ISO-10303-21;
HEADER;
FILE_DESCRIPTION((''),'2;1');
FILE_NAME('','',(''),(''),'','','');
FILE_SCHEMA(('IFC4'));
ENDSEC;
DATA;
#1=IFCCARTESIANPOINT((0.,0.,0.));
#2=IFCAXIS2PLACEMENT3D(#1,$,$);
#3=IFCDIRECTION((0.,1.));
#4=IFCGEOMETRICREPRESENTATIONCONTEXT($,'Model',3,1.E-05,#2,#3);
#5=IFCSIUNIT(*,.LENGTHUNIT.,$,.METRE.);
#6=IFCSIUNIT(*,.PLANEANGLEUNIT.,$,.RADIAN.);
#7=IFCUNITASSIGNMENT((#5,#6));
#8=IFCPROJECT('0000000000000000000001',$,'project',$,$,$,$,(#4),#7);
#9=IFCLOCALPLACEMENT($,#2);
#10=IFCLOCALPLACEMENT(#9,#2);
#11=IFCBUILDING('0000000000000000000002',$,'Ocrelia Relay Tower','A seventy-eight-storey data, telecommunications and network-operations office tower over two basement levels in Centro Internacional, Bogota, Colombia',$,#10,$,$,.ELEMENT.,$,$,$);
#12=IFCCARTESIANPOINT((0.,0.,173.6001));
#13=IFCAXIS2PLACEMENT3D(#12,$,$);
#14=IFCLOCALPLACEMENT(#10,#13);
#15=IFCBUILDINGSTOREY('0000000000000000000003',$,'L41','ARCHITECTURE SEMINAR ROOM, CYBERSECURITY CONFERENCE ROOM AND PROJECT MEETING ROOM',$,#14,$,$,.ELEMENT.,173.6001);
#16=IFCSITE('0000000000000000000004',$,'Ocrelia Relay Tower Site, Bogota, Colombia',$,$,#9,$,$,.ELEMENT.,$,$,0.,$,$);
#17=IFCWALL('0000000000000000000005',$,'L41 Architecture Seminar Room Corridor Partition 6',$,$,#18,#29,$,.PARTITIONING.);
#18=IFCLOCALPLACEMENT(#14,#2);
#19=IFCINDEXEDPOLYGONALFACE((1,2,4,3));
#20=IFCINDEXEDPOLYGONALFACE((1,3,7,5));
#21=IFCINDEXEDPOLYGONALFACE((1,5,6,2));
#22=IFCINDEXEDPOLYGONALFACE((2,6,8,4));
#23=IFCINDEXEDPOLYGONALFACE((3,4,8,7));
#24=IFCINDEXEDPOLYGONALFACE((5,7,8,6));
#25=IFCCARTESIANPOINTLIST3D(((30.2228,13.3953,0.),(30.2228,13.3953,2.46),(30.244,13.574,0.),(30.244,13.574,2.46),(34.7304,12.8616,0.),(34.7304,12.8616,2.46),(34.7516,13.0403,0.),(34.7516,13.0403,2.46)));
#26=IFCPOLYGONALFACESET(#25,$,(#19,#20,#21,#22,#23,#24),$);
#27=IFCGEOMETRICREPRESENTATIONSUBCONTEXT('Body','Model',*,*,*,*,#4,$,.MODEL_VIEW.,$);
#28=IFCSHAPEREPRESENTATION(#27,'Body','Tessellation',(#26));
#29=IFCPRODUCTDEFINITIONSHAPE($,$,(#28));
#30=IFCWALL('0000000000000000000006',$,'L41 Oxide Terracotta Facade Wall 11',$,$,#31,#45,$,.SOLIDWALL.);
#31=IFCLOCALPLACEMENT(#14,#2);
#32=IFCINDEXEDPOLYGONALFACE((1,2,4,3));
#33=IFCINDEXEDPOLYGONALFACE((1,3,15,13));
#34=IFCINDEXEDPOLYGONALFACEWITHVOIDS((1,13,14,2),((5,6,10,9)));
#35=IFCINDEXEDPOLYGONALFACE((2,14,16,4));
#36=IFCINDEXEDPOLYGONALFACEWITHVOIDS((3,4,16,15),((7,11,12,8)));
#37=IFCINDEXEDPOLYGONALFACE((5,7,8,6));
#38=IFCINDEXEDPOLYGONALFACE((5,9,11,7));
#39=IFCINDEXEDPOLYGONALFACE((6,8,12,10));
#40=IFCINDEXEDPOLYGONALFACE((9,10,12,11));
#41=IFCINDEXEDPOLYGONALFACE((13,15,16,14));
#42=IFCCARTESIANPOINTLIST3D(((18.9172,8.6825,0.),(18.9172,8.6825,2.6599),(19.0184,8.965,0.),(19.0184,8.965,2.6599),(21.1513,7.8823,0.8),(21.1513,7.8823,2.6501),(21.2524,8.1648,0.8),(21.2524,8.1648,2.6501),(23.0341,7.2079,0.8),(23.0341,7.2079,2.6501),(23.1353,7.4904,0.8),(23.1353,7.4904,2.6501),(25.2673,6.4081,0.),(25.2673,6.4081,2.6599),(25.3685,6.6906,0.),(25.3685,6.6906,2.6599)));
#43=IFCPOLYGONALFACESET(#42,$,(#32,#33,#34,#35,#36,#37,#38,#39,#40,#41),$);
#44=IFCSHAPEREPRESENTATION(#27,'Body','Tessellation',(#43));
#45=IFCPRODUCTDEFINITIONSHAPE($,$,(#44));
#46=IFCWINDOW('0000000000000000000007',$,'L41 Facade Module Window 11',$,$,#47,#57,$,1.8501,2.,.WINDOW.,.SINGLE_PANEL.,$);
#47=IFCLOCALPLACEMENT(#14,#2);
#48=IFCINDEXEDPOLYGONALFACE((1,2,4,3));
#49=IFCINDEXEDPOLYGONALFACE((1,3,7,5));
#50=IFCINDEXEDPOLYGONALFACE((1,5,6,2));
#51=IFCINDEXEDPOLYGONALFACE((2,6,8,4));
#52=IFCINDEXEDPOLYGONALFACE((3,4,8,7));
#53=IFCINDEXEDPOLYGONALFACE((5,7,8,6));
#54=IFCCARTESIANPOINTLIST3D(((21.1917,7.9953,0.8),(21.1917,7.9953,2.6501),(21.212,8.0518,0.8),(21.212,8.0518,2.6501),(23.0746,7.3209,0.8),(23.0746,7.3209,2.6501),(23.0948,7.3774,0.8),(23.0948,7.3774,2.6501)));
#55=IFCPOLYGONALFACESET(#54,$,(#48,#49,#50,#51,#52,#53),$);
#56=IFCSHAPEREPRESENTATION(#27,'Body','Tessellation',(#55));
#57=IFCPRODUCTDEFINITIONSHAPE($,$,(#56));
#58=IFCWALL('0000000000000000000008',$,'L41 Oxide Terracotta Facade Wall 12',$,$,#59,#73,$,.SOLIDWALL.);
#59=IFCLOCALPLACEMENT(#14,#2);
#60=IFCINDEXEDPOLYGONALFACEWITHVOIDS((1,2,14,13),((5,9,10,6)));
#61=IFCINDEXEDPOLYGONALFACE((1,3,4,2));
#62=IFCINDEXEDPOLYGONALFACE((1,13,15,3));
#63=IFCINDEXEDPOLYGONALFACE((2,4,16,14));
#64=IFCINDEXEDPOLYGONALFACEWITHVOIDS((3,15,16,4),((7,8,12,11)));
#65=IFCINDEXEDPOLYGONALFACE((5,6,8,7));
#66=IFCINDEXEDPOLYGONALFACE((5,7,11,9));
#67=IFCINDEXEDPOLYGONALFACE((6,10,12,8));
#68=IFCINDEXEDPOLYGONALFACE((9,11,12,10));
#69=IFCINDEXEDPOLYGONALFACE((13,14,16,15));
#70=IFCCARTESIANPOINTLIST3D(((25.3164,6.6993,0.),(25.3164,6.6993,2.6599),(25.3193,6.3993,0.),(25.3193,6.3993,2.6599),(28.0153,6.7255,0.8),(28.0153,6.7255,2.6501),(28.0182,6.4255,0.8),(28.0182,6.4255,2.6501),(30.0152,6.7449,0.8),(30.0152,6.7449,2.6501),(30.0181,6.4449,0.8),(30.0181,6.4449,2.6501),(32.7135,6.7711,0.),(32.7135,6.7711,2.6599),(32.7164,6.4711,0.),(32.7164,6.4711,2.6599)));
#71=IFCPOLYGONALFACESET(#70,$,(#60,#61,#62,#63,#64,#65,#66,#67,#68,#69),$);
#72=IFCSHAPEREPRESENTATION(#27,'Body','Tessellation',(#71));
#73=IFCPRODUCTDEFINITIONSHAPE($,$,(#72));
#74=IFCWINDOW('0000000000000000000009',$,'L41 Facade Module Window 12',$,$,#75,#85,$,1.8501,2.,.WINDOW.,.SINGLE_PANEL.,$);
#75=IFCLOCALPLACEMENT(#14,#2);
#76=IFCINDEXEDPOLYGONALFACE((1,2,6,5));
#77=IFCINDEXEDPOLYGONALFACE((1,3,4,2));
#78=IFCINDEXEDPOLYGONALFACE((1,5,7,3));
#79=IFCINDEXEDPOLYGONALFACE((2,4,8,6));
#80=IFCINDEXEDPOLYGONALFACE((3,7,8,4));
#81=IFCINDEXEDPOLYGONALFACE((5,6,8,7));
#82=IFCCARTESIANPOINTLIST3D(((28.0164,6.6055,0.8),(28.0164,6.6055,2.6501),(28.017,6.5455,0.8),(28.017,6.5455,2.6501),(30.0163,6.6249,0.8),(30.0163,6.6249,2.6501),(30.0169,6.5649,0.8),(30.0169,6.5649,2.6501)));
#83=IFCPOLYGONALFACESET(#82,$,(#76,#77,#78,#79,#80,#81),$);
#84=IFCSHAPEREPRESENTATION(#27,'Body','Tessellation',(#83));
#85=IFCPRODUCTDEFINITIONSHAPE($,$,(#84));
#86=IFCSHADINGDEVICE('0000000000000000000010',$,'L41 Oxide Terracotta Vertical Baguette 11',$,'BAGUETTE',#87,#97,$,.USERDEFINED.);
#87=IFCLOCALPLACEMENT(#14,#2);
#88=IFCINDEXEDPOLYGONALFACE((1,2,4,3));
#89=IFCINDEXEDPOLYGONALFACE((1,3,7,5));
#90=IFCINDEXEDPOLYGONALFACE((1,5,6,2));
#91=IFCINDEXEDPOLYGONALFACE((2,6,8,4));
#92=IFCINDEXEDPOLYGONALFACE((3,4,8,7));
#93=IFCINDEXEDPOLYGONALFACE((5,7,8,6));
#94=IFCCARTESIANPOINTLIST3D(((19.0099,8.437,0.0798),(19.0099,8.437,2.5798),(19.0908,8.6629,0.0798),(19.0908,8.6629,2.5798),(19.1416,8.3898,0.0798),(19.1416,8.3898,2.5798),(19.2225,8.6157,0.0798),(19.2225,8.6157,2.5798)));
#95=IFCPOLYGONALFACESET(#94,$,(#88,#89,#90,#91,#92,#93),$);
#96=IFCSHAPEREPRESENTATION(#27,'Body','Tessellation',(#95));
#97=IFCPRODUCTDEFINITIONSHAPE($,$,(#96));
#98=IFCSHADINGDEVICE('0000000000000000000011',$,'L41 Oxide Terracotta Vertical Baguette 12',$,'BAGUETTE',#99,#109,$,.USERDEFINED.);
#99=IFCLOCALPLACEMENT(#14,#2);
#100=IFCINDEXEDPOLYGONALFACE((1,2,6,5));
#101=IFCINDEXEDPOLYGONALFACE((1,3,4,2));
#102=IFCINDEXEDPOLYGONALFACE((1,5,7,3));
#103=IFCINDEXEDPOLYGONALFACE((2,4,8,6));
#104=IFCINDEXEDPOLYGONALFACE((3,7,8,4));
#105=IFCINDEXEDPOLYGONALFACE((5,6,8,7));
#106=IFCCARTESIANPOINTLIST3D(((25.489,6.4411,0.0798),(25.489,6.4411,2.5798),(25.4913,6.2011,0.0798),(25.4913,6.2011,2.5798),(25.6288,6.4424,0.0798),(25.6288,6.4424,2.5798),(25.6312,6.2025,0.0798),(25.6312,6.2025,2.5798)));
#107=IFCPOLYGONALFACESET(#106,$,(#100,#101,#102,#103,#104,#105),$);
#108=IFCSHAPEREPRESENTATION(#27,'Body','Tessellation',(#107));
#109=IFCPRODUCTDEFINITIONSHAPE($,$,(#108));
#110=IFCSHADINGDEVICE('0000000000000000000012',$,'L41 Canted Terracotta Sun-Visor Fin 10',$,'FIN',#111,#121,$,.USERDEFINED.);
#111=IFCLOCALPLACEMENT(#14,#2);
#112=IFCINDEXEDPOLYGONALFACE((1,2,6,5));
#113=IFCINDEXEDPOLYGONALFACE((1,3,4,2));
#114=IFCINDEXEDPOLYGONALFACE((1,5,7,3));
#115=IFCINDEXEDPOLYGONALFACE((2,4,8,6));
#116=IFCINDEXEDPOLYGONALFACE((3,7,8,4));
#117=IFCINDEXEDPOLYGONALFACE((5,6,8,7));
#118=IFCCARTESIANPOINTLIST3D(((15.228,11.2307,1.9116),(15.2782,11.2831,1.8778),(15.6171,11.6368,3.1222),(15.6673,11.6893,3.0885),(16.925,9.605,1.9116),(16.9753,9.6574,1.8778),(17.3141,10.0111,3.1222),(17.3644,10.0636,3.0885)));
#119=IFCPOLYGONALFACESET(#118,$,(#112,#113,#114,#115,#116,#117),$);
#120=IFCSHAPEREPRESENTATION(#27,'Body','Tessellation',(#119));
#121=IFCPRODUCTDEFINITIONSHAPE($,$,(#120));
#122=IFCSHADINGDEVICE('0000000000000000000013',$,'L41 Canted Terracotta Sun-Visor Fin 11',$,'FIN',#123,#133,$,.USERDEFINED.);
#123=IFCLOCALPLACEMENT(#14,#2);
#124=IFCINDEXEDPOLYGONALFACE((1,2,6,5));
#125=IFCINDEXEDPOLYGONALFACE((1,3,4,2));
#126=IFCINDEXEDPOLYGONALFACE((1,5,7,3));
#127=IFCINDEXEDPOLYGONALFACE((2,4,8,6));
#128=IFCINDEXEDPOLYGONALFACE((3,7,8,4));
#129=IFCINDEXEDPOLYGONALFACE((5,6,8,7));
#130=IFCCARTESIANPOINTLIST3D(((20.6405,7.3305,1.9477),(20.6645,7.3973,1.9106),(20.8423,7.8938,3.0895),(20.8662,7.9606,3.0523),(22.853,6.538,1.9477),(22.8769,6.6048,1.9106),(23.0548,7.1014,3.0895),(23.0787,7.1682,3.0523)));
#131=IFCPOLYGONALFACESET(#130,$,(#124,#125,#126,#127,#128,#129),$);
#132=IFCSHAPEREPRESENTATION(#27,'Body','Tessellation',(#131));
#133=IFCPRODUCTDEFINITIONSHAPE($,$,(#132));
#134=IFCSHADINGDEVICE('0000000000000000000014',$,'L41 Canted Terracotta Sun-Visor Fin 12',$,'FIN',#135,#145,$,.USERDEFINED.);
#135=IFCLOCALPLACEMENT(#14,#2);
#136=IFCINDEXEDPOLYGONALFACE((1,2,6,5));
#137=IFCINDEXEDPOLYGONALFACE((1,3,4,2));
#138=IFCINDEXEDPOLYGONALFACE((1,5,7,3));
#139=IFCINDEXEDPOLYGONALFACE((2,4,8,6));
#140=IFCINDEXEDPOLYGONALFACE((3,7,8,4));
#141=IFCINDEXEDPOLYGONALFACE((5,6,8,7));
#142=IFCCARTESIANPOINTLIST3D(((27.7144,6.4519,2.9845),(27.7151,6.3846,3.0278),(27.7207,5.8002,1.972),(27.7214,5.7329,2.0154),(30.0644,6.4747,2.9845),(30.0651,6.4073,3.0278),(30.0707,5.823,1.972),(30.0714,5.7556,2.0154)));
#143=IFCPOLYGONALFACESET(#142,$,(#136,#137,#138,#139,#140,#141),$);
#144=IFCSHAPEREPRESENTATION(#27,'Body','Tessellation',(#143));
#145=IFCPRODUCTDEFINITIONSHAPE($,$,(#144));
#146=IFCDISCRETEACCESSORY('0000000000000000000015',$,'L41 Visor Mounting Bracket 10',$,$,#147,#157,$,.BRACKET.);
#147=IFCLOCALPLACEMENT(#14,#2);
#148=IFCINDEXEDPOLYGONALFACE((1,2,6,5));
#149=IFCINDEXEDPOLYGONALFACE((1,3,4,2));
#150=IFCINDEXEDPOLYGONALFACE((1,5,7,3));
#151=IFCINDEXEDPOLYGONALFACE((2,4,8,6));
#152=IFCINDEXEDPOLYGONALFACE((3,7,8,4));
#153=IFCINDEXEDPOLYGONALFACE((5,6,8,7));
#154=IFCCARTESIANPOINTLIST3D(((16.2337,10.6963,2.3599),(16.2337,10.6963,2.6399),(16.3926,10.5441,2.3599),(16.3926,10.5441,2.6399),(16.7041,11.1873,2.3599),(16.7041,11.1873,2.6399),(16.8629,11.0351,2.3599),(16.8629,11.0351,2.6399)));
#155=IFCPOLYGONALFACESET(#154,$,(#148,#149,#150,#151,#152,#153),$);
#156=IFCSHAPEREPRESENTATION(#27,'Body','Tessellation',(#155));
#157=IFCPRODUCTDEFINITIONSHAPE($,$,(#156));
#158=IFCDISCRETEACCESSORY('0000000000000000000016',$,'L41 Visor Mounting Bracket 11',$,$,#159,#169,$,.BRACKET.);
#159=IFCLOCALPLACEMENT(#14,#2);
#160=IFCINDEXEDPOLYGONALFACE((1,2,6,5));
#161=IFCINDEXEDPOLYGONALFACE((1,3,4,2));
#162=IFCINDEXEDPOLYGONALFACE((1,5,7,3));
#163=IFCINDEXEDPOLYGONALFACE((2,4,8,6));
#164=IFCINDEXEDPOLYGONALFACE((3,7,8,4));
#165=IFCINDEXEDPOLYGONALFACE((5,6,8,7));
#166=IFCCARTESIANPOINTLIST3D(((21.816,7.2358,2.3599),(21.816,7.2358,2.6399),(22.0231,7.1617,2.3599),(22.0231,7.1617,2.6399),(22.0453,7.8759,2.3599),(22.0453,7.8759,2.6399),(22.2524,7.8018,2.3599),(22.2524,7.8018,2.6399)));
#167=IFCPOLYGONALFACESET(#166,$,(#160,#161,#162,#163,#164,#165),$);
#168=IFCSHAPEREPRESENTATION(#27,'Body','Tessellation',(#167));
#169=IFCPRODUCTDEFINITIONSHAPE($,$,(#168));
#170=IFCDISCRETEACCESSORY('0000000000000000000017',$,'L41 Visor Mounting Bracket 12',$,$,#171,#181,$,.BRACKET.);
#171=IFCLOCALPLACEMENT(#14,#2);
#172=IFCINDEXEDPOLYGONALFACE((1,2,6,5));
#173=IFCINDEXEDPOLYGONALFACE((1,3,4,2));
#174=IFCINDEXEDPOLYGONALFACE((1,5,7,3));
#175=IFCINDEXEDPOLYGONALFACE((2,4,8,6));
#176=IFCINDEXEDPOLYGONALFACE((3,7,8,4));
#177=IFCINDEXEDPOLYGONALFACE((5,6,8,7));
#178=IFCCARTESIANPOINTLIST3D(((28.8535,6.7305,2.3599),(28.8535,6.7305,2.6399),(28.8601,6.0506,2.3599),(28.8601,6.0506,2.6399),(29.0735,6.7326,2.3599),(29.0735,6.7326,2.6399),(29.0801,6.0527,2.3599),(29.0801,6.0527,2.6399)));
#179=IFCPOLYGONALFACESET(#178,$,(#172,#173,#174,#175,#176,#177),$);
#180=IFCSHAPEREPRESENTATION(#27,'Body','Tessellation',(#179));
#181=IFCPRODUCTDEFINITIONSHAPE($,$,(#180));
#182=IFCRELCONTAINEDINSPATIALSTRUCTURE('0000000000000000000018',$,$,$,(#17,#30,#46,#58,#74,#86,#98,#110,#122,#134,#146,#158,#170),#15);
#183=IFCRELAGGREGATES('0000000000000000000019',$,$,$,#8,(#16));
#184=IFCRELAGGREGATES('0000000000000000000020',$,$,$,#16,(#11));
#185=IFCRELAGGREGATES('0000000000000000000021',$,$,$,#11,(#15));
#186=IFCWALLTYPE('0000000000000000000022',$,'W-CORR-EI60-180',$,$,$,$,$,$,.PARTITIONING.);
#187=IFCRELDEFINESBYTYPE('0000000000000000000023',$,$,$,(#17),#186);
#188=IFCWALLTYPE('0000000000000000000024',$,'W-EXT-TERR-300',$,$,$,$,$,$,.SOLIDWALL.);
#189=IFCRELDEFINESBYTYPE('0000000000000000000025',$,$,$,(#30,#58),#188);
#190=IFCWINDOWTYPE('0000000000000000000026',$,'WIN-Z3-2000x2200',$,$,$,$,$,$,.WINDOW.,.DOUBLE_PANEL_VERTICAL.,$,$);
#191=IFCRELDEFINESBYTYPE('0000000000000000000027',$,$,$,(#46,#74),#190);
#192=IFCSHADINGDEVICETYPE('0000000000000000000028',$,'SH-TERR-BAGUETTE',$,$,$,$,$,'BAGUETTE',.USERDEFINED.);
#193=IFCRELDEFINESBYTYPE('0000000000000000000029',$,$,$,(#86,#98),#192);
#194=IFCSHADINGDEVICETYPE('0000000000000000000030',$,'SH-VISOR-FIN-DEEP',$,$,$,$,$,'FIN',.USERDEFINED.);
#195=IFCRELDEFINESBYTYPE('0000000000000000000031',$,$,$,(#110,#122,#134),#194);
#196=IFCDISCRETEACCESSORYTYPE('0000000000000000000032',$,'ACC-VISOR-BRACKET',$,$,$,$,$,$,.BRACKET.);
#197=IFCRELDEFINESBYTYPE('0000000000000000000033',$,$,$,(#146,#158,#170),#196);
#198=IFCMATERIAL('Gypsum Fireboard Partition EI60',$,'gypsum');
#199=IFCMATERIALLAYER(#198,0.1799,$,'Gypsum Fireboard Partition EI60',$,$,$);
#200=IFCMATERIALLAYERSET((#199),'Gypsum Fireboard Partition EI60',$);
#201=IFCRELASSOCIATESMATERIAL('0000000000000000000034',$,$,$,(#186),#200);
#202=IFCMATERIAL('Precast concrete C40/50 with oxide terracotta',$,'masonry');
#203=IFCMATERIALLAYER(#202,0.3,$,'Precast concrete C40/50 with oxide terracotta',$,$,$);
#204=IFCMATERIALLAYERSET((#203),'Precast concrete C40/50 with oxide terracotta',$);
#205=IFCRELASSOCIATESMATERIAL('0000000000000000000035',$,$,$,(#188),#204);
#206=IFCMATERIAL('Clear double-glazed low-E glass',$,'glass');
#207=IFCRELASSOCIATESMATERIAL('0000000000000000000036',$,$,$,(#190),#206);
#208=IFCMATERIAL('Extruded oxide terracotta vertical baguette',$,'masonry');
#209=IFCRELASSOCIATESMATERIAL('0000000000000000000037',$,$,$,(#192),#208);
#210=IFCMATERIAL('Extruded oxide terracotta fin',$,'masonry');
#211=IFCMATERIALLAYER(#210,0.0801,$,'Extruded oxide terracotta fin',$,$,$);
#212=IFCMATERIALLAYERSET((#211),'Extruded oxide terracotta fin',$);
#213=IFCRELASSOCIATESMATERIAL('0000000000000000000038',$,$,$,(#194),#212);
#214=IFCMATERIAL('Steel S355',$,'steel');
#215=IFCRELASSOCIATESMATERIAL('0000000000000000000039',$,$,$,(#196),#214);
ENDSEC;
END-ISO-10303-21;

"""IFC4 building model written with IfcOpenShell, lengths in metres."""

from ifc_helpers import new_model, si_unit, direction, frame, frame_2d, origin, origin_2d, place, context, subcontext, project, spatial, rectangle, extrude, material, layer, layer_set, type_object, element, fill, save


model = new_model("IFC4")

# Units and contexts
model_context = context("Model", 3, precision=1e-05, world=origin(), true_north=direction((0.0, 1.0)))
body_context = subcontext(model_context, "Body", "Model", "MODEL_VIEW")
ifc_project = project(units=[si_unit("LENGTHUNIT", "METRE"), si_unit("PLANEANGLEUNIT", "RADIAN")], contexts=[model_context])

# Site, building, storey
site_placement = place(None, origin())
site = spatial("IfcSite", under=ifc_project, at=site_placement, Name="Ocrelia Relay Tower Site, Bogota, Colombia", CompositionType="ELEMENT", RefElevation=0.0)
building_placement = place(site_placement, origin())
building = spatial("IfcBuilding", under=site, at=building_placement, Name="Ocrelia Relay Tower", Description="A seventy-eight-storey data, telecommunications and network-operations office tower over two basement levels in Centro Internacional, Bogota, Colombia", CompositionType="ELEMENT")
storey_placement = place(building_placement, frame((0.0, 0.0, 173.6001)))
storey = spatial("IfcBuildingStorey", under=building, at=storey_placement, Name="L41", Description="ARCHITECTURE SEMINAR ROOM, CYBERSECURITY CONFERENCE ROOM AND PROJECT MEETING ROOM", CompositionType="ELEMENT", Elevation=173.6001)

# Shared definitions
ifc_material_1 = material(Name="Steel S355", Category="steel")

# Shared definitions
ifc_material_2 = material(Name="Clear double-glazed low-E glass", Category="glass")

# Wall
ifc_material_3 = material(Name="Gypsum Fireboard Partition EI60", Category="gypsum")
ifc_layer_1 = layer(ifc_material_3, 0.1799, Name="Gypsum Fireboard Partition EI60")
ifc_layer_set_1 = layer_set([ifc_layer_1], Name="Gypsum Fireboard Partition EI60")
wall_type_1 = type_object("IfcWallType", Name="W-CORR-EI60-180", PredefinedType="PARTITIONING", material=ifc_layer_set_1)
wall_1_placement = place(storey_placement, frame((30.2334, 13.4846, 0.0), z_axis=(0.0, 0.0, 1.0), x_axis=(0.993064, -0.117578, 0.0)))
element("IfcWall", 1, at=wall_1_placement, inside=storey, type_object=wall_type_1, Name="L41 Architecture Seminar Room Corridor Partition 6", PredefinedType="PARTITIONING", context=body_context, shape_type="SweptSolid", body=[
    extrude(rectangle(XDim=4.5391, YDim=0.1799, at=frame_2d((2.2695, 0.0))), origin(), (0.0, 0.0, 1.0), 2.46),
])

# Walls, openings, windows
ifc_material_4 = material(Name="Precast concrete C40/50 with oxide terracotta", Category="masonry")
ifc_layer_2 = layer(ifc_material_4, 0.3, Name="Precast concrete C40/50 with oxide terracotta")
ifc_layer_set_2 = layer_set([ifc_layer_2], Name="Precast concrete C40/50 with oxide terracotta")
wall_type_2 = type_object("IfcWallType", Name="W-EXT-TERR-300", PredefinedType="SOLIDWALL", material=ifc_layer_set_2)
wall_2_placement = place(storey_placement, frame((18.9678, 8.8237, 0.0), z_axis=(0.0, 0.0, 1.0), x_axis=(0.941435, -0.337194, 0.0)))
wall_2 = element("IfcWall", 2, at=wall_2_placement, inside=storey, type_object=wall_type_2, Name="L41 Oxide Terracotta Facade Wall 11", PredefinedType="SOLIDWALL", context=body_context, shape_type="SweptSolid", body=[
    extrude(rectangle(XDim=6.7451, YDim=0.3, at=frame_2d((3.3726, 0.0))), origin(), (0.0, 0.0, 1.0), 2.6599),
])
opening_1_placement = place(wall_2_placement, frame((2.373, 0.0, 0.8)))
opening_1 = element("IfcOpeningElement", 3, at=opening_1_placement, cuts=wall_2, PredefinedType="OPENING", context=body_context, shape_type="SweptSolid", body=[
    extrude(rectangle(XDim=2.0, YDim=1.8501, at=frame_2d((1.0, 0.925))), frame((0.0, 0.1602, 0.0), z_axis=(0.0, -1.0, 0.0), x_axis=(1.0, 0.0, 0.0)), (0.0, 0.0, 1.0), 0.3201),
])
window_type = type_object("IfcWindowType", Name="WIN-Z3-2000x2200", PartitioningType="DOUBLE_PANEL_VERTICAL", PredefinedType="WINDOW", material=ifc_material_2)
window_1_placement = place(opening_1_placement, origin())
window_1 = element("IfcWindow", 4, at=window_1_placement, inside=storey, type_object=window_type, Name="L41 Facade Module Window 11", OverallHeight=1.8501, OverallWidth=2.0, PartitioningType="SINGLE_PANEL", PredefinedType="WINDOW", context=body_context, shape_type="SweptSolid", body=[
    extrude(rectangle(XDim=2.0, YDim=1.8501, at=frame_2d((1.0, 0.925))), frame((0.0, 0.03, 0.0), z_axis=(0.0, -1.0, 0.0), x_axis=(1.0, 0.0, 0.0)), (0.0, 0.0, 1.0), 0.0601),
])
fill(opening_1, window_1)
wall_3_placement = place(storey_placement, frame((25.3179, 6.5493, 0.0), z_axis=(0.0, 0.0, 1.0), x_axis=(0.999953, 0.009703, 0.0)))
wall_3 = element("IfcWall", 5, at=wall_3_placement, inside=storey, type_object=wall_type_2, Name="L41 Oxide Terracotta Facade Wall 12", PredefinedType="SOLIDWALL", context=body_context, shape_type="SweptSolid", body=[
    extrude(rectangle(XDim=7.3975, YDim=0.3, at=frame_2d((3.6987, 0.0))), origin(), (0.0, 0.0, 1.0), 2.6599),
])
opening_2_placement = place(wall_3_placement, frame((2.699, 0.0, 0.8)))
opening_2 = element("IfcOpeningElement", 6, at=opening_2_placement, cuts=wall_3, PredefinedType="OPENING", context=body_context, shape_type="SweptSolid", body=[
    extrude(rectangle(XDim=2.0, YDim=1.8501, at=frame_2d((1.0, 0.925))), frame((0.0, 0.1602, 0.0), z_axis=(0.0, -1.0, 0.0), x_axis=(1.0, 0.0, 0.0)), (0.0, 0.0, 1.0), 0.3201),
])
window_2_placement = place(opening_2_placement, origin())
window_2 = element("IfcWindow", 7, at=window_2_placement, inside=storey, type_object=window_type, Name="L41 Facade Module Window 12", OverallHeight=1.8501, OverallWidth=2.0, PartitioningType="SINGLE_PANEL", PredefinedType="WINDOW", context=body_context, shape_type="SweptSolid", body=[
    extrude(rectangle(XDim=2.0, YDim=1.8501, at=frame_2d((1.0, 0.925))), frame((0.0, 0.03, 0.0), z_axis=(0.0, -1.0, 0.0), x_axis=(1.0, 0.0, 0.0)), (0.0, 0.0, 1.0), 0.0601),
])
fill(opening_2, window_2)

# Shading devices
ifc_material_5 = material(Name="Extruded oxide terracotta vertical baguette", Category="masonry")
shading_device_type_1 = type_object("IfcShadingDeviceType", Name="SH-TERR-BAGUETTE", ElementType="BAGUETTE", PredefinedType="USERDEFINED", material=ifc_material_5)
for number, where, z_axis, x_axis, name in (
    (8, (19.1162, 8.5264, 0.0798), (0.0, 0.0, 1.0), (0.941434, -0.337197, 0.0), "L41 Oxide Terracotta Vertical Baguette 11"),
    (9, (25.5601, 6.3218, 0.0798), (0.0, 0.0, 1.0), (0.999953, 0.009679, 0.0), "L41 Oxide Terracotta Vertical Baguette 12"),
):
    element("IfcShadingDevice", number, at=place(storey_placement, frame(where, z_axis=z_axis, x_axis=x_axis)), inside=storey, type_object=shading_device_type_1, Name=name, ObjectType="BAGUETTE", PredefinedType="USERDEFINED", context=body_context, shape_type="SweptSolid", body=[
        extrude(rectangle(XDim=0.1399, YDim=0.24, at=origin_2d()), origin(), (0.0, 0.0, 1.0), 2.5),
    ])
ifc_material_6 = material(Name="Extruded oxide terracotta fin", Category="masonry")
ifc_layer_3 = layer(ifc_material_6, 0.0801, Name="Extruded oxide terracotta fin")
ifc_layer_set_3 = layer_set([ifc_layer_3], Name="Extruded oxide terracotta fin")
shading_device_type_2 = type_object("IfcShadingDeviceType", Name="SH-VISOR-FIN-DEEP", ElementType="FIN", PredefinedType="USERDEFINED", material=ifc_layer_set_3)
shading_device_1_placement = place(storey_placement, frame((16.3213, 10.6733, 2.4832), z_axis=(-0.627354, -0.654896, 0.421352), x_axis=(0.722128, -0.691759, 0.0)))
element("IfcShadingDevice", 10, at=shading_device_1_placement, inside=storey, type_object=shading_device_type_2, Name="L41 Canted Terracotta Sun-Visor Fin 10", ObjectType="FIN", PredefinedType="USERDEFINED", context=body_context, shape_type="SweptSolid", body=[
    extrude(rectangle(XDim=2.3501, YDim=1.335, at=origin_2d()), origin(), (0.0, 0.0, 1.0), 0.0801),
])
shading_device_2_placement = place(storey_placement, frame((21.8716, 7.2827, 2.4814), z_axis=(-0.298661, -0.833845, 0.464224), x_axis=(0.941434, -0.337197, 0.0)))
element("IfcShadingDevice", 11, at=shading_device_2_placement, inside=storey, type_object=shading_device_type_2, Name="L41 Canted Terracotta Sun-Visor Fin 11", ObjectType="FIN", PredefinedType="USERDEFINED", context=body_context, shape_type="SweptSolid", body=[
    extrude(rectangle(XDim=2.3501, YDim=1.2891, at=origin_2d()), origin(), (0.0, 0.0, 1.0), 0.0801),
])
shading_device_3_placement = place(storey_placement, frame((28.8926, 6.1375, 2.4783), z_axis=(0.008138, -0.840811, 0.541268), x_axis=(0.999953, 0.009679, 0.0)))
element("IfcShadingDevice", 12, at=shading_device_3_placement, inside=storey, type_object=shading_device_type_2, Name="L41 Canted Terracotta Sun-Visor Fin 12", ObjectType="FIN", PredefinedType="USERDEFINED", context=body_context, shape_type="SweptSolid", body=[
    extrude(rectangle(XDim=2.3501, YDim=1.2041, at=origin_2d()), origin(), (0.0, 0.0, 1.0), 0.0801),
])

# Discrete accessories
discrete_accessory_type = type_object("IfcDiscreteAccessoryType", Name="ACC-VISOR-BRACKET", PredefinedType="BRACKET", material=ifc_material_1)
for number, where, z_axis, x_axis, name in (
    (13, (16.5483, 10.8657, 2.3599), (0.0, 0.0, 1.0), (0.722128, -0.691759, 0.0), "L41 Visor Mounting Bracket 10"),
    (14, (22.0342, 7.5188, 2.3599), (0.0, 0.0, 1.0), (0.941434, -0.337197, 0.0), "L41 Visor Mounting Bracket 11"),
    (15, (28.9668, 6.3916, 2.3599), (0.0, 0.0, 1.0), (0.999953, 0.009679, 0.0), "L41 Visor Mounting Bracket 12"),
):
    element("IfcDiscreteAccessory", number, at=place(storey_placement, frame(where, z_axis=z_axis, x_axis=x_axis)), inside=storey, type_object=discrete_accessory_type, Name=name, PredefinedType="BRACKET", context=body_context, shape_type="SweptSolid", body=[
        extrude(rectangle(XDim=0.22, YDim=0.6799, at=origin_2d()), origin(), (0.0, 0.0, 1.0), 0.28),
    ])

save(model, "model.ifc")
